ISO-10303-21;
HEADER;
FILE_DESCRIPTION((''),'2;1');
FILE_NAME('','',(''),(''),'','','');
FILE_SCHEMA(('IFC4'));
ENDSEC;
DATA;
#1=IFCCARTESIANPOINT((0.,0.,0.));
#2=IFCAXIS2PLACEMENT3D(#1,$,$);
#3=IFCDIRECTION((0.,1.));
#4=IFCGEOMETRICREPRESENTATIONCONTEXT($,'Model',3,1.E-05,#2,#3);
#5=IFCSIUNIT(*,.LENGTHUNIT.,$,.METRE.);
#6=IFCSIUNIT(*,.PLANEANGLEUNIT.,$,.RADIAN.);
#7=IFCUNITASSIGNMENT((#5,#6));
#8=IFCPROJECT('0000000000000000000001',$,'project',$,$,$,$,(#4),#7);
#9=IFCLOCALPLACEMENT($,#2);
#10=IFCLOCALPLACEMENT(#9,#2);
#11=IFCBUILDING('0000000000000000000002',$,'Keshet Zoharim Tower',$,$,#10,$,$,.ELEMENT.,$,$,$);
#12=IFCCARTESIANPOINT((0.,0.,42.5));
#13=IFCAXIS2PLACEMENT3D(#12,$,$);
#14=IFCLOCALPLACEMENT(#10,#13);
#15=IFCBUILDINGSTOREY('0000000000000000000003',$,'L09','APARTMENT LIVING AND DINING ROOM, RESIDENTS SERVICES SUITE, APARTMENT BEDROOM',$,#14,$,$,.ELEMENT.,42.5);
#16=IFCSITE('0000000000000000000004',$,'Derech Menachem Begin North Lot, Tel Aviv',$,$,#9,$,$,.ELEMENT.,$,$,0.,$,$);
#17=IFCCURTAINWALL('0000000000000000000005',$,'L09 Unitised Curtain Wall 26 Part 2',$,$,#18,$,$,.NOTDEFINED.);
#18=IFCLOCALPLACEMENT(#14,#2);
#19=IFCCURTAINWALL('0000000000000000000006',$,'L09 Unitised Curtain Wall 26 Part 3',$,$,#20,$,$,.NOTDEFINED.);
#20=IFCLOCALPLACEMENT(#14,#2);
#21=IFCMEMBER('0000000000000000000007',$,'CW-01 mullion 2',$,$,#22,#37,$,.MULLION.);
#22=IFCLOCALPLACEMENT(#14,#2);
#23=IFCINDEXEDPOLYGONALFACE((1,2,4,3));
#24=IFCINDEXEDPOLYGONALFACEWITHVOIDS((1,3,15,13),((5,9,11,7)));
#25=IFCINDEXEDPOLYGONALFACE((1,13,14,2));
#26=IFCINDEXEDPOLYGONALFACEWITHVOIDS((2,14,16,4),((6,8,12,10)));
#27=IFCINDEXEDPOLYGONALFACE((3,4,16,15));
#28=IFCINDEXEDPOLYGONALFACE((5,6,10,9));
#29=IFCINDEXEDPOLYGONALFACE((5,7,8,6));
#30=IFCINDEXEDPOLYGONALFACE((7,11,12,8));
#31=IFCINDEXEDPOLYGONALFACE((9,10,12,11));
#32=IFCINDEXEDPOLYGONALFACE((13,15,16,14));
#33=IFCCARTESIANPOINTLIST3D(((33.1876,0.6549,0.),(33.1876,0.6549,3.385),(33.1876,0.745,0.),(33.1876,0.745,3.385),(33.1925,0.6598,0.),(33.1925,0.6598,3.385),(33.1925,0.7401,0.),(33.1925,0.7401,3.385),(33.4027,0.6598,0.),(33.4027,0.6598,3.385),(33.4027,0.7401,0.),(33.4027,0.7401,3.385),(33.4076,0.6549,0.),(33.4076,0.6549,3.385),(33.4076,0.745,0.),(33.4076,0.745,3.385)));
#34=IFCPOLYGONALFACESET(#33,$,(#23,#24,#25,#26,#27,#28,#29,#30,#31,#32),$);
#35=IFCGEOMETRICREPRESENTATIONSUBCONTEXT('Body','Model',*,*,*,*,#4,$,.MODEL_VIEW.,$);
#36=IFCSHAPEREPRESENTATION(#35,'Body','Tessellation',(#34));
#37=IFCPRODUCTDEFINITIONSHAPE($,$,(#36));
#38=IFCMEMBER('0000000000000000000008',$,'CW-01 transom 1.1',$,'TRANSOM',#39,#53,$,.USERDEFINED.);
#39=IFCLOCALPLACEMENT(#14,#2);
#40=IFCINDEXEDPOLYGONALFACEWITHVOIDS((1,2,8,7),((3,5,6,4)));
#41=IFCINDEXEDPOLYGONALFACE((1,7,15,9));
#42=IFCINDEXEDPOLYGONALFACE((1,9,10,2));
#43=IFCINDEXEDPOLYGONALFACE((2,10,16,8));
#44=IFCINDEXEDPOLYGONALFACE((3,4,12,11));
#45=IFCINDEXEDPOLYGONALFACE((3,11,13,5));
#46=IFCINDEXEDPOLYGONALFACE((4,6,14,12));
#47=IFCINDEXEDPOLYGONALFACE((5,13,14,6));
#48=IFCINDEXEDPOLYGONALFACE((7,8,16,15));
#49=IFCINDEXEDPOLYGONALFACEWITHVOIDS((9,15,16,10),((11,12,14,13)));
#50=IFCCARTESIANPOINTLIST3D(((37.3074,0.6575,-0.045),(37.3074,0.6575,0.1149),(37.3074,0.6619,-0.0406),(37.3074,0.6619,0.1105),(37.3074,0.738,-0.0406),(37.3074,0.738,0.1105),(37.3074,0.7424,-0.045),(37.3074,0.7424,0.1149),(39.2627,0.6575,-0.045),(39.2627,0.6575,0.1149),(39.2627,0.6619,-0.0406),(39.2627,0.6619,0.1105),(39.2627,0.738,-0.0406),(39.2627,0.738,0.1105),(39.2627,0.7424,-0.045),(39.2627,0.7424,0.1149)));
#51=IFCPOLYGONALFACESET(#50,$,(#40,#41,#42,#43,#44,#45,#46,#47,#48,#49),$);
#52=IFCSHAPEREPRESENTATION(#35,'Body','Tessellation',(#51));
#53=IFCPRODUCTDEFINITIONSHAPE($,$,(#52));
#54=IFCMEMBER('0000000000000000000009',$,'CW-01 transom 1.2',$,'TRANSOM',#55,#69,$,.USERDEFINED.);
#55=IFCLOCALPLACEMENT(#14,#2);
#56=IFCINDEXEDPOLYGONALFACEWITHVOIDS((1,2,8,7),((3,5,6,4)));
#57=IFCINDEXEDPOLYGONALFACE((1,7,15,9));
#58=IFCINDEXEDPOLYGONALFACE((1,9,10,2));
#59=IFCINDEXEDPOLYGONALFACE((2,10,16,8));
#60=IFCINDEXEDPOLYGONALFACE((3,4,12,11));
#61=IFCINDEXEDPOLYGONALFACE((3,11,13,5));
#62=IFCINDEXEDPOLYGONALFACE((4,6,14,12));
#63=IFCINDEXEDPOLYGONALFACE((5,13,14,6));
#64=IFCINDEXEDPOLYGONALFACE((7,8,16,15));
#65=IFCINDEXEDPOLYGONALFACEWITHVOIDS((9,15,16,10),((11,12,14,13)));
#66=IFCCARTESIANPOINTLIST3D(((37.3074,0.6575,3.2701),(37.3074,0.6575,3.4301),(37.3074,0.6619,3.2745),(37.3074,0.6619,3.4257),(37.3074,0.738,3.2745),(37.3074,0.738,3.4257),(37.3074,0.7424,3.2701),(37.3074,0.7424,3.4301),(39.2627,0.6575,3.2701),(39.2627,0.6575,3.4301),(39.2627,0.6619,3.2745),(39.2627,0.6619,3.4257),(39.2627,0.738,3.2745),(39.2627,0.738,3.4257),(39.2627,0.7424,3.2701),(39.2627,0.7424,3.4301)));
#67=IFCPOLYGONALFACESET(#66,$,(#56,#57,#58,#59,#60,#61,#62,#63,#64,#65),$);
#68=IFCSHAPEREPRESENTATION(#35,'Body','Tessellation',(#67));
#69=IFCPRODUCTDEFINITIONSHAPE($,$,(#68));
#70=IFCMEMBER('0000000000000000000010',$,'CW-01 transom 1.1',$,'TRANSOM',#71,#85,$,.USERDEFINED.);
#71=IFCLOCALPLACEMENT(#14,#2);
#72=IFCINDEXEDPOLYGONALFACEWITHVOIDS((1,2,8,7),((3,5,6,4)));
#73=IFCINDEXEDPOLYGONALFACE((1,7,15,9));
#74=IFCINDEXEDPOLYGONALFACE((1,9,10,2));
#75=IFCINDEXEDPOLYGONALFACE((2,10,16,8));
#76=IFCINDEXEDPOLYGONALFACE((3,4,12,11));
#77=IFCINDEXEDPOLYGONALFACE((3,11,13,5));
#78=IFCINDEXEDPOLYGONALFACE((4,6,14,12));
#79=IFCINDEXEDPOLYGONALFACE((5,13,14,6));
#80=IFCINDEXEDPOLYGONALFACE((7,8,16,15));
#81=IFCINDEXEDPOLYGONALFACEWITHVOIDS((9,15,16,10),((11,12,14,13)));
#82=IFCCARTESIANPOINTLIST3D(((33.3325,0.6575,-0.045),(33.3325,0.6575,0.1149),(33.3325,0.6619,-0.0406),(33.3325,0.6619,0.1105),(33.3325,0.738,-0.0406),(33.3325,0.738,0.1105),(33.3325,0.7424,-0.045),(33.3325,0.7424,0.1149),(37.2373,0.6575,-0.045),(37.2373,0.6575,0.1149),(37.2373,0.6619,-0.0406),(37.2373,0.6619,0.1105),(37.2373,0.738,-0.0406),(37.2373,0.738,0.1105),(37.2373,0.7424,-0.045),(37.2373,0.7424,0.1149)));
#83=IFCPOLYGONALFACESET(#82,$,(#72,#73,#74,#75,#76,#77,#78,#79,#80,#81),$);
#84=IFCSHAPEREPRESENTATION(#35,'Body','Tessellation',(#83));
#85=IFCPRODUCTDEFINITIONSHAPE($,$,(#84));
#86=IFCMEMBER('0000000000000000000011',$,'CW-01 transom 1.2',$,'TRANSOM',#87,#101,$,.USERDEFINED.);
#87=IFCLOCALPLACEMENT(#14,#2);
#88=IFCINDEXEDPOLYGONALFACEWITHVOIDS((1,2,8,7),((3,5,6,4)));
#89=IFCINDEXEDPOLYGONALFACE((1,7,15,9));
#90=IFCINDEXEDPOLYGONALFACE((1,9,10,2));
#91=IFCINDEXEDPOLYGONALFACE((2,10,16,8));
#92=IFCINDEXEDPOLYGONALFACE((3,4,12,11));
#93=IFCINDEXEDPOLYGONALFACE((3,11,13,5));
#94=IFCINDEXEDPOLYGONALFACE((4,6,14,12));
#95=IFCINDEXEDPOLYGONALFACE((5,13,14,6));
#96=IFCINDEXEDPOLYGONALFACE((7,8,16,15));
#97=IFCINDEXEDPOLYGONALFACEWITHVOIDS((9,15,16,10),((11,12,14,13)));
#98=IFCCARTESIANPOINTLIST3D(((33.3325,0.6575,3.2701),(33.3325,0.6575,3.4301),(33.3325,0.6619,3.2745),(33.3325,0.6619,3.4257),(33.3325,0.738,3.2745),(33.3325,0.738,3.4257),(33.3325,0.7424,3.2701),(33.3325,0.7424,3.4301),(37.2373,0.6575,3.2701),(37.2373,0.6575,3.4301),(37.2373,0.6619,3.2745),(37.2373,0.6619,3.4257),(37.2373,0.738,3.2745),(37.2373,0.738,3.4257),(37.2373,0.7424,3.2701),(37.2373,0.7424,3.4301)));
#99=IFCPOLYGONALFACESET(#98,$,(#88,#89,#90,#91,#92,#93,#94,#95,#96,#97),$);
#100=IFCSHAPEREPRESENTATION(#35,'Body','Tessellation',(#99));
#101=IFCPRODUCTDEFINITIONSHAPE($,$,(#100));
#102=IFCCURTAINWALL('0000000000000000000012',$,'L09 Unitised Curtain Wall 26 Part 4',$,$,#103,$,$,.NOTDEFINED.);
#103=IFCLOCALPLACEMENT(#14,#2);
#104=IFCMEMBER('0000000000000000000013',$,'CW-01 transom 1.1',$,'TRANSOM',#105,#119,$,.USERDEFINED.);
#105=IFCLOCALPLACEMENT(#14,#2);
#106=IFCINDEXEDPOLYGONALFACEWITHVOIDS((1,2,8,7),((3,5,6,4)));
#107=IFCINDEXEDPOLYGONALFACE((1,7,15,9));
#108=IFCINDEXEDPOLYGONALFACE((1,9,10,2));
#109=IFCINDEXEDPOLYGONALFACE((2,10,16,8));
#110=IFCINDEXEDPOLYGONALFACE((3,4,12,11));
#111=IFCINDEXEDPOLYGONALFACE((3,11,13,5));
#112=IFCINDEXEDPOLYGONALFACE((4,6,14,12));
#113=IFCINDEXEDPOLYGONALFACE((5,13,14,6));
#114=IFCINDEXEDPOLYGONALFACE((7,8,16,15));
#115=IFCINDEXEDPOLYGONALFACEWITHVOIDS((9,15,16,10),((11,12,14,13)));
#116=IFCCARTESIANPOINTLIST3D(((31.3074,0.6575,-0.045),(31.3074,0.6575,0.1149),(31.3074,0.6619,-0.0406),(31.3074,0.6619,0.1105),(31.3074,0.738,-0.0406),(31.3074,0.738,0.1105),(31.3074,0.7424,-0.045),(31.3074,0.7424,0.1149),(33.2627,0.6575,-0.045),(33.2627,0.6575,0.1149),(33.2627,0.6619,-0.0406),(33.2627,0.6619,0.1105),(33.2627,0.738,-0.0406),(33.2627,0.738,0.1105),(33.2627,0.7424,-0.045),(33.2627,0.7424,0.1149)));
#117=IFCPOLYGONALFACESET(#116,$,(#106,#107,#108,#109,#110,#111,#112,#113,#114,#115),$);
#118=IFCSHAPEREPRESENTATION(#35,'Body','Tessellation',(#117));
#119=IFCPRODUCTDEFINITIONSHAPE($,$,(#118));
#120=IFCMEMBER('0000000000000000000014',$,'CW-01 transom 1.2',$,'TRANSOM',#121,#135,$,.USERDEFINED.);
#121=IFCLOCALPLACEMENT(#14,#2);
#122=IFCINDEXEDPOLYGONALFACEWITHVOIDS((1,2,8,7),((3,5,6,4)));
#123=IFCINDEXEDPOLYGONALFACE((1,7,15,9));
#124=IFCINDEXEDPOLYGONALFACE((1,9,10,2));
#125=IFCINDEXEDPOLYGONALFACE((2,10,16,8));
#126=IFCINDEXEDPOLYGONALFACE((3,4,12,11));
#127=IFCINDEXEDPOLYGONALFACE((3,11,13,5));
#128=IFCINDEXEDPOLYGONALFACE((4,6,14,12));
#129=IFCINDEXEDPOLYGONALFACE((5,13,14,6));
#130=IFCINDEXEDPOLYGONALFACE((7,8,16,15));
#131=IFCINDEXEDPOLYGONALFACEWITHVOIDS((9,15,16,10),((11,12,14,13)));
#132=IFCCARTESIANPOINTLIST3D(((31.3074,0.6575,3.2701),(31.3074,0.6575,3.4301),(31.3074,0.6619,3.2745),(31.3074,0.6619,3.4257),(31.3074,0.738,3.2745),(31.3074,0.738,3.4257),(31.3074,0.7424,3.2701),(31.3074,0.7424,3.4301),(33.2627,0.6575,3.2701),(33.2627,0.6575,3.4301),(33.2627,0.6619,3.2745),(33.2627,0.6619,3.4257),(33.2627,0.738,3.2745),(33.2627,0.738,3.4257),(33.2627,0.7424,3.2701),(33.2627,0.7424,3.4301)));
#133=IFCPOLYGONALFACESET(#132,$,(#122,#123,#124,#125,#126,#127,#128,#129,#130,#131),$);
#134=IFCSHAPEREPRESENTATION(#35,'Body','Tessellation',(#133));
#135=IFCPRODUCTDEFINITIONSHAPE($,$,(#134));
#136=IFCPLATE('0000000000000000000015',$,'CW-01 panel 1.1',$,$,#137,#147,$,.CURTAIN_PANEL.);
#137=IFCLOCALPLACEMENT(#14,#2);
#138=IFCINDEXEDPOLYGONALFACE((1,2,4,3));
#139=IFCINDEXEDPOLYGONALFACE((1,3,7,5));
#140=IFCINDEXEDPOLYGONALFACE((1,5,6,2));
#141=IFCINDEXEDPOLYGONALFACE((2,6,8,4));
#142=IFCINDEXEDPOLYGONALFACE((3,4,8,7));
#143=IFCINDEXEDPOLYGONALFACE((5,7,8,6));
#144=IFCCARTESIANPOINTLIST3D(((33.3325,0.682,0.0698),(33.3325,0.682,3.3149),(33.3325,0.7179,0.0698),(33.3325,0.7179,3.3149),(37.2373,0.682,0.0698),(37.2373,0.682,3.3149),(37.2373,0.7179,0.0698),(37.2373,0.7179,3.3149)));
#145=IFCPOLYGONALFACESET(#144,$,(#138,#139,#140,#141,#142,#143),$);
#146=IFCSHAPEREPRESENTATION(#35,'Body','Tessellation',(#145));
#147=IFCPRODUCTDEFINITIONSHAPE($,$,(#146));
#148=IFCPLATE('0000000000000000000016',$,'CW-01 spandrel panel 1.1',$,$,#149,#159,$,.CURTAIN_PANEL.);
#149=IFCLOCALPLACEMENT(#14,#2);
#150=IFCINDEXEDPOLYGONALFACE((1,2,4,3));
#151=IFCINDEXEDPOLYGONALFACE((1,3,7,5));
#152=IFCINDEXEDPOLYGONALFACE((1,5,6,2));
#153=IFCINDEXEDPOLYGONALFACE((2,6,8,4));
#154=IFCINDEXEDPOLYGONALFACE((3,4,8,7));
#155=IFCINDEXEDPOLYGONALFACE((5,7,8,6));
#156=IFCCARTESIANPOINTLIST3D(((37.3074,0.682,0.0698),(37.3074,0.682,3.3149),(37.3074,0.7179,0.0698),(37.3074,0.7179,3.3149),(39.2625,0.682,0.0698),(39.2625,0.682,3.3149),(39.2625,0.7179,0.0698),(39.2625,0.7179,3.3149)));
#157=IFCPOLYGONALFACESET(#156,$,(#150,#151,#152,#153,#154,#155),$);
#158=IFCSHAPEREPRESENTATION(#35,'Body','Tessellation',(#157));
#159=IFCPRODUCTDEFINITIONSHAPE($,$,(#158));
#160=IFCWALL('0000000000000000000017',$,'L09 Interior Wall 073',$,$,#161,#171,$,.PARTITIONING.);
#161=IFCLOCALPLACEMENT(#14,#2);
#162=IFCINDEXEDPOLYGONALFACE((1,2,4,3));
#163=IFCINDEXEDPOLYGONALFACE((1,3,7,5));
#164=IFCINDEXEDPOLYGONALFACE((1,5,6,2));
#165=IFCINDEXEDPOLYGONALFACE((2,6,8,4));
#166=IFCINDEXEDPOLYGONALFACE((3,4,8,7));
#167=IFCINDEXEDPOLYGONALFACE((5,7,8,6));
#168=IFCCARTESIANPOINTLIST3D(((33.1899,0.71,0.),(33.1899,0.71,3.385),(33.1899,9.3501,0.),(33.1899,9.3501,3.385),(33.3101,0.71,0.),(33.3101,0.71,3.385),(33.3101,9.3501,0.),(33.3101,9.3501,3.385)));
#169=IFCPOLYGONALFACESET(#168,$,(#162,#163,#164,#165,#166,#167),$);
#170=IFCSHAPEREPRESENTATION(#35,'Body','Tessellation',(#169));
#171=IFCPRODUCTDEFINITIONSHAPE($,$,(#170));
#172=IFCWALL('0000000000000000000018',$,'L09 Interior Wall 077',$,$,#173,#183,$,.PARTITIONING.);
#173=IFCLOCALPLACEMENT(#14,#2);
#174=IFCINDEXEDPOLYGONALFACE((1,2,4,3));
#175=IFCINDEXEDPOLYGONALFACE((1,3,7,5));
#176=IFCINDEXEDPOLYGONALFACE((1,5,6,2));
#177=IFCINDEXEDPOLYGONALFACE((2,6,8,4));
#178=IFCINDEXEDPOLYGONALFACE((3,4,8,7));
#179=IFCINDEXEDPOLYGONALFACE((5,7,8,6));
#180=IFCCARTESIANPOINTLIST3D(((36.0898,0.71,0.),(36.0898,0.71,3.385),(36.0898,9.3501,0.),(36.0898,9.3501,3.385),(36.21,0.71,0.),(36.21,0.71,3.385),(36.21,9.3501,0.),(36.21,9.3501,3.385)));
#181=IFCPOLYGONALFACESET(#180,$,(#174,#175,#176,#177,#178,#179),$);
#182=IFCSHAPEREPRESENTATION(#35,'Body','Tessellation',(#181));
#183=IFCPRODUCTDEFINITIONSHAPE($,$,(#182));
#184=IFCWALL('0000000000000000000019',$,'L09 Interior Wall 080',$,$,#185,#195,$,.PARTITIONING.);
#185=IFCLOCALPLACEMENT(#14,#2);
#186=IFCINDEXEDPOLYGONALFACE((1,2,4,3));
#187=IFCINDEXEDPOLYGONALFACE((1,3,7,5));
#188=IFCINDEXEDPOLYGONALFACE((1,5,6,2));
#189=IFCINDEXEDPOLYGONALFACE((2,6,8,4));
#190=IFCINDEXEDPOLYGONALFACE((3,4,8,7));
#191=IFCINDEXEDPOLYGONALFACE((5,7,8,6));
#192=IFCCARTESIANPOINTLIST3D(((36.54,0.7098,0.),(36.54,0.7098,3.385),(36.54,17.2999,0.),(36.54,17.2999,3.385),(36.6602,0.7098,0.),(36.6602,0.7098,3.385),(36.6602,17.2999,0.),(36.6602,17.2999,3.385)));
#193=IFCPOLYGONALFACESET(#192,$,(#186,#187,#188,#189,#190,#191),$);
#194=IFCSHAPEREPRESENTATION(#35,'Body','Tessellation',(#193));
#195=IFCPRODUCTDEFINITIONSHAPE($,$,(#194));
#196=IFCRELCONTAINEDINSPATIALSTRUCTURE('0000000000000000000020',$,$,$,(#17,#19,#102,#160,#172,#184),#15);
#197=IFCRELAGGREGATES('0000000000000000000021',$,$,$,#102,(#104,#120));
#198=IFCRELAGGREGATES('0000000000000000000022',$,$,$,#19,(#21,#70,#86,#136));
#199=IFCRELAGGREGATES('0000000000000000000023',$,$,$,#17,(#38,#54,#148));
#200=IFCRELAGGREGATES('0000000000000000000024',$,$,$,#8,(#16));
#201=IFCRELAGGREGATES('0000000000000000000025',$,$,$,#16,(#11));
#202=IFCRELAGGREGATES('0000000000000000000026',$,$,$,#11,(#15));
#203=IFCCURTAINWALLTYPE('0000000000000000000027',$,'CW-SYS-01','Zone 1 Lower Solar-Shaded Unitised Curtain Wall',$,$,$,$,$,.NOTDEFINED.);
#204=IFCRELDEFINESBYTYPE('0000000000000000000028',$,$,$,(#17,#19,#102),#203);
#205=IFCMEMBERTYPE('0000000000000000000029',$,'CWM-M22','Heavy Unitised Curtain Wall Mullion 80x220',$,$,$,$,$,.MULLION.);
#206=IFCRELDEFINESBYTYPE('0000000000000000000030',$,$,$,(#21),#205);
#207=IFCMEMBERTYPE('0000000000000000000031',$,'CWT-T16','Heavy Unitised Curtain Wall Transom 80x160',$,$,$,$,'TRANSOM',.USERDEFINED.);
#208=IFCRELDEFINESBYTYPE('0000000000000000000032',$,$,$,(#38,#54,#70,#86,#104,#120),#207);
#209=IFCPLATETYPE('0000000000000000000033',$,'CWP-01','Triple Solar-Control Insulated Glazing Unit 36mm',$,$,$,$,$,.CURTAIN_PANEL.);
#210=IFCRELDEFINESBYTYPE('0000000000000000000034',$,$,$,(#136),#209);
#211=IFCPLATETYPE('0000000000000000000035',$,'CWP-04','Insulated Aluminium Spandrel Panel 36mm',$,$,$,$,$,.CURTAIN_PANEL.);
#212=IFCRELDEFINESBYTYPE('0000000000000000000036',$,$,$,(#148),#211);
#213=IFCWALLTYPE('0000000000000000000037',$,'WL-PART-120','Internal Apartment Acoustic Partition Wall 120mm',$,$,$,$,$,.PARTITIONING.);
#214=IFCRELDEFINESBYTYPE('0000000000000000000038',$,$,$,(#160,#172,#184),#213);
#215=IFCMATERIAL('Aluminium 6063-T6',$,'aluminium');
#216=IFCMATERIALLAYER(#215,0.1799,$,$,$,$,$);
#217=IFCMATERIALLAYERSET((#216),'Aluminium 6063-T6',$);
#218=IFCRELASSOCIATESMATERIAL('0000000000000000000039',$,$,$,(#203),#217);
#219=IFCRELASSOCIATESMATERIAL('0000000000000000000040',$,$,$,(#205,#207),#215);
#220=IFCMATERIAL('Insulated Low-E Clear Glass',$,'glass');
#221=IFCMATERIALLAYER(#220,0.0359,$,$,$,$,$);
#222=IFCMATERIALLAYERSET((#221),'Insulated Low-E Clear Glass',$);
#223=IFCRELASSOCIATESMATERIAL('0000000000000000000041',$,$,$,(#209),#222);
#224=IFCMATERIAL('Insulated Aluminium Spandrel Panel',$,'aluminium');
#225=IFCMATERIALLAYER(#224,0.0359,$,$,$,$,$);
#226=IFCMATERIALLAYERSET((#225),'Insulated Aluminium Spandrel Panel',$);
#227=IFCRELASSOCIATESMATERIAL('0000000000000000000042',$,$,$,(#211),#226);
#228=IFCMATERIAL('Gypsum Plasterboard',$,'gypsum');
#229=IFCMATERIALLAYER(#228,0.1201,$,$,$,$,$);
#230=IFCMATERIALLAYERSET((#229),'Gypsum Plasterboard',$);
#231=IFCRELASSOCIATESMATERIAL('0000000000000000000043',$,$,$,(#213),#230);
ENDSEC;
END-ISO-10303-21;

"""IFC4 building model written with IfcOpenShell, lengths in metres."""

from ifc_helpers import new_model, si_unit, direction, frame, frame_2d, origin, origin_2d, place, context, subcontext, project, spatial, rectangle, hollow_rectangle, extrude, material, layer, layer_set, material_profile, profile_set, type_object, element, aggregate, save


model = new_model("IFC4")

# Units and contexts
model_context = context("Model", 3, precision=1e-05, world=origin(), true_north=direction((0.0, 1.0)))
body_context = subcontext(model_context, "Body", "Model", "MODEL_VIEW")
ifc_project = project(units=[si_unit("LENGTHUNIT", "METRE"), si_unit("PLANEANGLEUNIT", "RADIAN")], contexts=[model_context])

# Site, building, storey
site_placement = place(None, origin())
site = spatial("IfcSite", under=ifc_project, at=site_placement, Name="Derech Menachem Begin North Lot, Tel Aviv", CompositionType="ELEMENT", RefElevation=0.0)
building_placement = place(site_placement, origin())
building = spatial("IfcBuilding", under=site, at=building_placement, Name="Keshet Zoharim Tower", CompositionType="ELEMENT")
storey_placement = place(building_placement, frame((0.0, 0.0, 42.5)))
storey = spatial("IfcBuildingStorey", under=building, at=storey_placement, Name="L09", Description="APARTMENT LIVING AND DINING ROOM, RESIDENTS SERVICES SUITE, APARTMENT BEDROOM", CompositionType="ELEMENT", Elevation=42.5)

# Curtain walls, member
ifc_material_1 = material(Name="Aluminium 6063-T6", Category="aluminium")
ifc_layer_1 = layer(ifc_material_1, 0.1799)
ifc_layer_set_1 = layer_set([ifc_layer_1], Name="Aluminium 6063-T6")
curtain_wall_type = type_object("IfcCurtainWallType", Name="CW-SYS-01", Description="Zone 1 Lower Solar-Shaded Unitised Curtain Wall", PredefinedType="NOTDEFINED", material=ifc_layer_set_1)
ifc_material_profile_1 = material_profile(ifc_material_1, hollow_rectangle(XDim=0.0901, YDim=0.22, WallThickness=0.0049, at=origin_2d()), Name="MUL-90x220")
ifc_profile_set_1 = profile_set([ifc_material_profile_1], Name="Aluminium 6063-T6")
member_type_1 = type_object("IfcMemberType", Name="CWM-M22", Description="Heavy Unitised Curtain Wall Mullion 80x220", PredefinedType="MULLION", material=ifc_profile_set_1)
curtain_wall_1_placement = place(storey_placement, origin())
curtain_wall_1 = element("IfcCurtainWall", 1, at=curtain_wall_1_placement, inside=storey, type_object=curtain_wall_type, Name="L09 Unitised Curtain Wall 26 Part 2", PredefinedType="NOTDEFINED")
curtain_wall_2_placement = place(storey_placement, origin())
curtain_wall_2 = element("IfcCurtainWall", 2, at=curtain_wall_2_placement, inside=storey, type_object=curtain_wall_type, Name="L09 Unitised Curtain Wall 26 Part 3", PredefinedType="NOTDEFINED")
member_1_placement = place(storey_placement, frame((33.2976, 0.7, 0.0), z_axis=(0.0, 0.0, 1.0), x_axis=(0.0, -1.0, 0.0)))
member_1 = element("IfcMember", 3, at=member_1_placement, type_object=member_type_1, Name="CW-01 mullion 2", PredefinedType="MULLION", context=body_context, shape_type="SweptSolid", body=[
    extrude(hollow_rectangle(XDim=0.0901, YDim=0.22, WallThickness=0.0049, at=origin_2d()), origin(), (0.0, 0.0, 1.0), 3.385),
])

# Members
ifc_material_profile_2 = material_profile(ifc_material_1, hollow_rectangle(XDim=0.085, YDim=0.1599, WallThickness=0.0044, at=origin_2d()), Name="TRN-85x160")
ifc_profile_set_2 = profile_set([ifc_material_profile_2], Name="Aluminium 6063-T6")
member_type_2 = type_object("IfcMemberType", Name="CWT-T16", Description="Heavy Unitised Curtain Wall Transom 80x160", ElementType="TRANSOM", PredefinedType="USERDEFINED", material=ifc_profile_set_2)
member_2_placement = place(storey_placement, frame((39.2627, 0.7, 0.0349), z_axis=(-1.0, 0.0, 0.0), x_axis=(0.0, -1.0, 0.0)))
member_2 = element("IfcMember", 4, at=member_2_placement, type_object=member_type_2, Name="CW-01 transom 1.1", ObjectType="TRANSOM", PredefinedType="USERDEFINED", context=body_context, shape_type="SweptSolid", body=[
    extrude(hollow_rectangle(XDim=0.085, YDim=0.1599, WallThickness=0.0044, at=origin_2d()), origin(), (0.0, 0.0, 1.0), 1.9553),
])
member_3_placement = place(storey_placement, frame((39.2627, 0.7, 3.3501), z_axis=(-1.0, 0.0, 0.0), x_axis=(0.0, -1.0, 0.0)))
member_3 = element("IfcMember", 5, at=member_3_placement, type_object=member_type_2, Name="CW-01 transom 1.2", ObjectType="TRANSOM", PredefinedType="USERDEFINED", context=body_context, shape_type="SweptSolid", body=[
    extrude(hollow_rectangle(XDim=0.085, YDim=0.1599, WallThickness=0.0044, at=origin_2d()), origin(), (0.0, 0.0, 1.0), 1.9553),
])
member_4_placement = place(storey_placement, frame((37.2373, 0.7, 0.0349), z_axis=(-1.0, 0.0, 0.0), x_axis=(0.0, -1.0, 0.0)))
member_4 = element("IfcMember", 6, at=member_4_placement, type_object=member_type_2, Name="CW-01 transom 1.1", ObjectType="TRANSOM", PredefinedType="USERDEFINED", context=body_context, shape_type="SweptSolid", body=[
    extrude(hollow_rectangle(XDim=0.085, YDim=0.1599, WallThickness=0.0044, at=origin_2d()), origin(), (0.0, 0.0, 1.0), 3.9048),
])
member_5_placement = place(storey_placement, frame((37.2373, 0.7, 3.3501), z_axis=(-1.0, 0.0, 0.0), x_axis=(0.0, -1.0, 0.0)))
member_5 = element("IfcMember", 7, at=member_5_placement, type_object=member_type_2, Name="CW-01 transom 1.2", ObjectType="TRANSOM", PredefinedType="USERDEFINED", context=body_context, shape_type="SweptSolid", body=[
    extrude(hollow_rectangle(XDim=0.085, YDim=0.1599, WallThickness=0.0044, at=origin_2d()), origin(), (0.0, 0.0, 1.0), 3.9048),
])

# Curtain wall, members
curtain_wall_3_placement = place(storey_placement, origin())
curtain_wall_3 = element("IfcCurtainWall", 8, at=curtain_wall_3_placement, inside=storey, type_object=curtain_wall_type, Name="L09 Unitised Curtain Wall 26 Part 4", PredefinedType="NOTDEFINED")
member_6_placement = place(storey_placement, frame((33.2627, 0.7, 0.0349), z_axis=(-1.0, 0.0, 0.0), x_axis=(0.0, -1.0, 0.0)))
member_6 = element("IfcMember", 9, at=member_6_placement, type_object=member_type_2, Name="CW-01 transom 1.1", ObjectType="TRANSOM", PredefinedType="USERDEFINED", context=body_context, shape_type="SweptSolid", body=[
    extrude(hollow_rectangle(XDim=0.085, YDim=0.1599, WallThickness=0.0044, at=origin_2d()), origin(), (0.0, 0.0, 1.0), 1.9553),
])
member_7_placement = place(storey_placement, frame((33.2627, 0.7, 3.3501), z_axis=(-1.0, 0.0, 0.0), x_axis=(0.0, -1.0, 0.0)))
member_7 = element("IfcMember", 10, at=member_7_placement, type_object=member_type_2, Name="CW-01 transom 1.2", ObjectType="TRANSOM", PredefinedType="USERDEFINED", context=body_context, shape_type="SweptSolid", body=[
    extrude(hollow_rectangle(XDim=0.085, YDim=0.1599, WallThickness=0.0044, at=origin_2d()), origin(), (0.0, 0.0, 1.0), 1.9553),
])
aggregate(curtain_wall_3, [member_6, member_7])

# Plates
ifc_material_2 = material(Name="Insulated Low-E Clear Glass", Category="glass")
ifc_layer_2 = layer(ifc_material_2, 0.0359)
ifc_layer_set_2 = layer_set([ifc_layer_2], Name="Insulated Low-E Clear Glass")
plate_type_1 = type_object("IfcPlateType", Name="CWP-01", Description="Triple Solar-Control Insulated Glazing Unit 36mm", PredefinedType="CURTAIN_PANEL", material=ifc_layer_set_2)
plate_1_placement = place(storey_placement, frame((35.2849, 0.7, 0.0698), z_axis=(0.0, 0.0, 1.0), x_axis=(-1.0, 0.0, 0.0)))
plate_1 = element("IfcPlate", 11, at=plate_1_placement, type_object=plate_type_1, Name="CW-01 panel 1.1", PredefinedType="CURTAIN_PANEL", context=body_context, shape_type="SweptSolid", body=[
    extrude(rectangle(XDim=3.9048, YDim=0.0359, at=origin_2d()), origin(), (0.0, 0.0, 1.0), 3.2451),
])
aggregate(curtain_wall_2, [member_1, member_4, member_5, plate_1])
ifc_material_3 = material(Name="Insulated Aluminium Spandrel Panel", Category="aluminium")
ifc_layer_3 = layer(ifc_material_3, 0.0359)
ifc_layer_set_3 = layer_set([ifc_layer_3], Name="Insulated Aluminium Spandrel Panel")
plate_type_2 = type_object("IfcPlateType", Name="CWP-04", Description="Insulated Aluminium Spandrel Panel 36mm", PredefinedType="CURTAIN_PANEL", material=ifc_layer_set_3)
plate_2_placement = place(storey_placement, frame((38.2849, 0.7, 0.0698), z_axis=(0.0, 0.0, 1.0), x_axis=(-1.0, 0.0, 0.0)))
plate_2 = element("IfcPlate", 12, at=plate_2_placement, type_object=plate_type_2, Name="CW-01 spandrel panel 1.1", PredefinedType="CURTAIN_PANEL", context=body_context, shape_type="SweptSolid", body=[
    extrude(rectangle(XDim=1.9551, YDim=0.0359, at=origin_2d()), origin(), (0.0, 0.0, 1.0), 3.2451),
])
aggregate(curtain_wall_1, [member_2, member_3, plate_2])

# Walls
ifc_material_4 = material(Name="Gypsum Plasterboard", Category="gypsum")
ifc_layer_4 = layer(ifc_material_4, 0.1201)
ifc_layer_set_4 = layer_set([ifc_layer_4], Name="Gypsum Plasterboard")
wall_type = type_object("IfcWallType", Name="WL-PART-120", Description="Internal Apartment Acoustic Partition Wall 120mm", PredefinedType="PARTITIONING", material=ifc_layer_set_4)
for number, where, z_axis, x_axis, name in (
    (13, (33.25, 0.71, 0.0), (0.0, 0.0, 1.0), (0.0, 1.0, 0.0), "L09 Interior Wall 073"),
    (14, (36.1499, 0.71, 0.0), (0.0, 0.0, 1.0), (0.0, 1.0, 0.0), "L09 Interior Wall 077"),
):
    element("IfcWall", number, at=place(storey_placement, frame(where, z_axis=z_axis, x_axis=x_axis)), inside=storey, type_object=wall_type, Name=name, PredefinedType="PARTITIONING", context=body_context, shape_type="SweptSolid", body=[
        extrude(rectangle(XDim=8.6401, YDim=0.1201, at=frame_2d((4.3201, 0.0))), origin(), (0.0, 0.0, 1.0), 3.385),
    ])
wall_placement = place(storey_placement, frame((36.6001, 0.71, 0.0), z_axis=(0.0, 0.0, 1.0), x_axis=(0.0, 1.0, 0.0)))
element("IfcWall", 15, at=wall_placement, inside=storey, type_object=wall_type, Name="L09 Interior Wall 080", PredefinedType="PARTITIONING", context=body_context, shape_type="SweptSolid", body=[
    extrude(rectangle(XDim=16.5901, YDim=0.1201, at=frame_2d((8.2949, 0.0))), origin(), (0.0, 0.0, 1.0), 3.385),
])

save(model, "model.ifc")
